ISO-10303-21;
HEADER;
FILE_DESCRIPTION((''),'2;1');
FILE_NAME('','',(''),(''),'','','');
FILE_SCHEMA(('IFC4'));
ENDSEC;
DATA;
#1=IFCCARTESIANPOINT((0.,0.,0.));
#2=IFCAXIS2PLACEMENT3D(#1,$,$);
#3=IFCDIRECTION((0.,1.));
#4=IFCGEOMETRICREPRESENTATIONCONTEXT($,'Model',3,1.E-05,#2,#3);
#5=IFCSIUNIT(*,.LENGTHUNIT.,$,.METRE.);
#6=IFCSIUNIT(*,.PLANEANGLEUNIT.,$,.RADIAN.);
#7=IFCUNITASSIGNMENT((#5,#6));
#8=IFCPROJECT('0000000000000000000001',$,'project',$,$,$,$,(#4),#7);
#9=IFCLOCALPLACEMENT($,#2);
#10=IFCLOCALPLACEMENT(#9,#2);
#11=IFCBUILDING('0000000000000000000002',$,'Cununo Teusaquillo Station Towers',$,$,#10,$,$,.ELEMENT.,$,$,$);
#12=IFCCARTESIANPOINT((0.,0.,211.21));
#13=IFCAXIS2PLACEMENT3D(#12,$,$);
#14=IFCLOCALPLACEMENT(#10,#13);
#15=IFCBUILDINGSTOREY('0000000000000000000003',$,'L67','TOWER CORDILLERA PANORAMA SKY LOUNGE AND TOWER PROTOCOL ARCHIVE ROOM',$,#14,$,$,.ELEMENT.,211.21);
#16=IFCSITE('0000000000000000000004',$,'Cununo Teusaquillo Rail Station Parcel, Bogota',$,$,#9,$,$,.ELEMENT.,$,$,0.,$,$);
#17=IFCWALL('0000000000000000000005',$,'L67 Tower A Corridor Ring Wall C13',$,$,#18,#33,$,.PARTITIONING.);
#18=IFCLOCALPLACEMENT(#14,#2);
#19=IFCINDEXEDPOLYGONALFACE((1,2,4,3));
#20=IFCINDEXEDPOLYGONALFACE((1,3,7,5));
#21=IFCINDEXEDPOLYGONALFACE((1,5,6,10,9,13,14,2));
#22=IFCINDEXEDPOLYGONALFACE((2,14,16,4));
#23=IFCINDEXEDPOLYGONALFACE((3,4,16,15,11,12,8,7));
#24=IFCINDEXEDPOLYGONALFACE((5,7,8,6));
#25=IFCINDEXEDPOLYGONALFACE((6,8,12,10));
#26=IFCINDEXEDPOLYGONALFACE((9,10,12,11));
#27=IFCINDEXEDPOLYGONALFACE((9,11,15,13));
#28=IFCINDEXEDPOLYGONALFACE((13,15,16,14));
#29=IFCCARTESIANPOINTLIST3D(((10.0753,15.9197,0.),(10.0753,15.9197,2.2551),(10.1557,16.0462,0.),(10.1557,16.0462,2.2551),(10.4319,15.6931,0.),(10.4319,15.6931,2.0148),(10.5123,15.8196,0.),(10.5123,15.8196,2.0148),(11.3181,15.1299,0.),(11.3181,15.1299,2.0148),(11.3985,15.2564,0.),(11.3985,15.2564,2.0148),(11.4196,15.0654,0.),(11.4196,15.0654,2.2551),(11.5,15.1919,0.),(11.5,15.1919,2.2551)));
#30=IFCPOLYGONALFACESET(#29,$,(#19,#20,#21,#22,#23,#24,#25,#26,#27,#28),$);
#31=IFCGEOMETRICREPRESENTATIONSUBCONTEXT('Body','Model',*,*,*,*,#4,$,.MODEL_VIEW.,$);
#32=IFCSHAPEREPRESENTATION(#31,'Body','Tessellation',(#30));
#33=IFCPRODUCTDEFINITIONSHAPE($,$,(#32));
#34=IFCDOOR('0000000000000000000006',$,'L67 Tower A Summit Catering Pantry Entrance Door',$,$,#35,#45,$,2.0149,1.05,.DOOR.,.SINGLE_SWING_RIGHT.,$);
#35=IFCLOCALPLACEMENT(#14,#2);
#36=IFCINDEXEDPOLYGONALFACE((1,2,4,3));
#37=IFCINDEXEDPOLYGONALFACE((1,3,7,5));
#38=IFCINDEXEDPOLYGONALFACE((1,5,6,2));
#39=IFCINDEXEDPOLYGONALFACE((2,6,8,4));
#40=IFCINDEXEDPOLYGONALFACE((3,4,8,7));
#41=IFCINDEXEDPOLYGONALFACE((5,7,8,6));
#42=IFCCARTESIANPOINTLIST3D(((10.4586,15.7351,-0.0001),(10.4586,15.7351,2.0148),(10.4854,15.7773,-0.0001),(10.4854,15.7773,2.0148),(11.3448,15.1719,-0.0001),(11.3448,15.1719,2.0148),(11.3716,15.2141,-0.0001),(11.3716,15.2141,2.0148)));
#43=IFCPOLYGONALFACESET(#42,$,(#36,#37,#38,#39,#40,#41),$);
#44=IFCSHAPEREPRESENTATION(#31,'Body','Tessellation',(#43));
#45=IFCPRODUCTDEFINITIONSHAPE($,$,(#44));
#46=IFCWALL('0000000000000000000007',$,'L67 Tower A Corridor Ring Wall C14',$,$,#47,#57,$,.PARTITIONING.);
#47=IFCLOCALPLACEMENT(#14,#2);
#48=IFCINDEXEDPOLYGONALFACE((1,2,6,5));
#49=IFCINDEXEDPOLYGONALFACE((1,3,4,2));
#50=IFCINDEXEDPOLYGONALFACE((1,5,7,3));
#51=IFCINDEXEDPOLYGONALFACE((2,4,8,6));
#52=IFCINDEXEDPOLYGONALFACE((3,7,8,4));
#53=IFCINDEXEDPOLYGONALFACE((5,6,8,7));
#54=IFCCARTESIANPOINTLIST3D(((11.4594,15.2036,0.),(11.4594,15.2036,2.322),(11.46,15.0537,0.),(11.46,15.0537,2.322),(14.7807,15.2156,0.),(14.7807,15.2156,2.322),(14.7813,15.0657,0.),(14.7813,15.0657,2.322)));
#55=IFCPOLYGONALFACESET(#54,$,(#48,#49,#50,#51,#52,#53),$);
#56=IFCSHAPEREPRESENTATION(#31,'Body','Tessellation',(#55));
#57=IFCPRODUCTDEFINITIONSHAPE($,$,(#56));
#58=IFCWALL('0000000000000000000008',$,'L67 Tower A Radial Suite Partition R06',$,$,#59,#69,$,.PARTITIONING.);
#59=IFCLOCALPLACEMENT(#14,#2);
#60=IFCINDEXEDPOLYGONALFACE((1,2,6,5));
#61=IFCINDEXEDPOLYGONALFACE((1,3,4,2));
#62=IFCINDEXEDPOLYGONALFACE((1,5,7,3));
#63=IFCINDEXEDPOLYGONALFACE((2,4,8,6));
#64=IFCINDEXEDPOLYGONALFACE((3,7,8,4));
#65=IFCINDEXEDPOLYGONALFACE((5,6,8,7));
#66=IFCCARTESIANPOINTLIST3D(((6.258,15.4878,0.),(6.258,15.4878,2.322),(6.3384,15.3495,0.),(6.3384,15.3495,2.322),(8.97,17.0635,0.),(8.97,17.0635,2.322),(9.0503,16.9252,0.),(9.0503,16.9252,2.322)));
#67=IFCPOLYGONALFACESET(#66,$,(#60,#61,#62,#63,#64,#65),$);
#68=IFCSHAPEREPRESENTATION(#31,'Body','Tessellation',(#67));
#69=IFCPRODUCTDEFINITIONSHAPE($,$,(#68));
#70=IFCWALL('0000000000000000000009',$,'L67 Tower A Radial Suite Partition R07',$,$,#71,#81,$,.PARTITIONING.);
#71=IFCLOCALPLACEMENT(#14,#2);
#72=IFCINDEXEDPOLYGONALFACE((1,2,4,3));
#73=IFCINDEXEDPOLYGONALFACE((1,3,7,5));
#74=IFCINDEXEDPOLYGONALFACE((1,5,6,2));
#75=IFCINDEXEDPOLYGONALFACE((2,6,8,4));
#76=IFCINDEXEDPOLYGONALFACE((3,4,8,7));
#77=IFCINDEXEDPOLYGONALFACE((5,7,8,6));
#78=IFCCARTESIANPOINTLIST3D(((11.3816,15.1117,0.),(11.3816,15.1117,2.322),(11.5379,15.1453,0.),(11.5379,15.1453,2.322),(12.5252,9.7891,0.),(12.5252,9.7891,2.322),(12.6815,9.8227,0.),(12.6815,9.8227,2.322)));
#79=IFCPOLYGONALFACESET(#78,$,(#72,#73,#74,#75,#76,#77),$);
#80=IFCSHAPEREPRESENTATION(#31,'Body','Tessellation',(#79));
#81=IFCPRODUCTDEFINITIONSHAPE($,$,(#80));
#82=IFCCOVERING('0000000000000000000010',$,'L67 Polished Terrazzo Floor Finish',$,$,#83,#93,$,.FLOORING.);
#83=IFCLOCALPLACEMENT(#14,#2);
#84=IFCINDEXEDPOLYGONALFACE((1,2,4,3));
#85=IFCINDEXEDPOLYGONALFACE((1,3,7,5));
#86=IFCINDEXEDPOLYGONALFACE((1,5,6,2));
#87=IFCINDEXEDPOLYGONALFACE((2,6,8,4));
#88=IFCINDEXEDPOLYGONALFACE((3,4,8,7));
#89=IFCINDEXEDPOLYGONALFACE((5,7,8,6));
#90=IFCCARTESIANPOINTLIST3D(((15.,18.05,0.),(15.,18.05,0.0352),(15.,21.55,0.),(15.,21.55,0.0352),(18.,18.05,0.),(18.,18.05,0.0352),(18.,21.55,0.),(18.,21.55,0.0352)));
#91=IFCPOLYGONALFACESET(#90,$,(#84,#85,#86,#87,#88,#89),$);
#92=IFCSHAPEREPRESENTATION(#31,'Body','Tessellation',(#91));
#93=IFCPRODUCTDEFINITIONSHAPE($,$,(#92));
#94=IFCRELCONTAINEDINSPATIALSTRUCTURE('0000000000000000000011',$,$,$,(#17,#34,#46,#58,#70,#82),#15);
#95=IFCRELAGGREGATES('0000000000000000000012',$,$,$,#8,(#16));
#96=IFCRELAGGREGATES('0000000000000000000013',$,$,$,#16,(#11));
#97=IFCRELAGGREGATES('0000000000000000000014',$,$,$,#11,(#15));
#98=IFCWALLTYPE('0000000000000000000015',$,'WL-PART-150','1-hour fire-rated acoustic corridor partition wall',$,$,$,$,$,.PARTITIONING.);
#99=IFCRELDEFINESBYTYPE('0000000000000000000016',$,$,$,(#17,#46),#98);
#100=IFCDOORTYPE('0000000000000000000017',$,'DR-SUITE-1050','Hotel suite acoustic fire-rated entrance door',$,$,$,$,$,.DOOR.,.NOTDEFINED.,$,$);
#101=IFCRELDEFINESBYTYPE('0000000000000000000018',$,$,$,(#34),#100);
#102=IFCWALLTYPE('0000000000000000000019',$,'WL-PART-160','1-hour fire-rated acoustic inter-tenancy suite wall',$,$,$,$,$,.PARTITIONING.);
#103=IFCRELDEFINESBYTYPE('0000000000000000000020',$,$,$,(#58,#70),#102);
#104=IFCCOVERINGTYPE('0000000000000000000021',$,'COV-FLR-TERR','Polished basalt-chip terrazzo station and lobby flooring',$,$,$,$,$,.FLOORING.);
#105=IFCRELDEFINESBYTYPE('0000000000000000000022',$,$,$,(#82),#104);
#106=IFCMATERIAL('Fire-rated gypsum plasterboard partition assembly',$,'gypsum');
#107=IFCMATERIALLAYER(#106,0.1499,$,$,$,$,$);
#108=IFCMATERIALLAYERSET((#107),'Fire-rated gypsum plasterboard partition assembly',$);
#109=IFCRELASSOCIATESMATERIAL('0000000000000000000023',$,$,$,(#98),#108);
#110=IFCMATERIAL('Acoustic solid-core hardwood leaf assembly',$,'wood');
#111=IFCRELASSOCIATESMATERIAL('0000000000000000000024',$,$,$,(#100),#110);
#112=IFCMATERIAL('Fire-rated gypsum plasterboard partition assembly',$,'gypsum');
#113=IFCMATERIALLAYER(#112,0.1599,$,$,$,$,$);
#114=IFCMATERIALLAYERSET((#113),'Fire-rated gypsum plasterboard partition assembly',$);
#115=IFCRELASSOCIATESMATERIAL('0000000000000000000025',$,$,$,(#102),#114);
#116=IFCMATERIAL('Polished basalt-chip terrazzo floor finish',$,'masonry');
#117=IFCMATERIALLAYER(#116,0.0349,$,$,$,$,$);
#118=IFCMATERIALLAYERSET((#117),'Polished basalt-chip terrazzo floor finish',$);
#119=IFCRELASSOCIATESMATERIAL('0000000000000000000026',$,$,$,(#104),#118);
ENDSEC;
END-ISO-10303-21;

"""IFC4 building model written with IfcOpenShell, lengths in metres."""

from ifc_helpers import new_model, si_unit, direction, frame, frame_2d, origin, place, context, subcontext, project, spatial, polyline, rectangle, outline, extrude, source, transform, mapped, material, layer, layer_set, type_object, element, fill, save


model = new_model("IFC4")

# Units and contexts
model_context = context("Model", 3, precision=1e-05, world=origin(), true_north=direction((0.0, 1.0)))
body_context = subcontext(model_context, "Body", "Model", "MODEL_VIEW")
ifc_project = project(units=[si_unit("LENGTHUNIT", "METRE"), si_unit("PLANEANGLEUNIT", "RADIAN")], contexts=[model_context])

# Site, building, storey
site_placement = place(None, origin())
site = spatial("IfcSite", under=ifc_project, at=site_placement, Name="Cununo Teusaquillo Rail Station Parcel, Bogota", CompositionType="ELEMENT", RefElevation=0.0)
building_placement = place(site_placement, origin())
building = spatial("IfcBuilding", under=site, at=building_placement, Name="Cununo Teusaquillo Station Towers", CompositionType="ELEMENT")
storey_placement = place(building_placement, frame((0.0, 0.0, 211.21)))
storey = spatial("IfcBuildingStorey", under=building, at=storey_placement, Name="L67", Description="TOWER CORDILLERA PANORAMA SKY LOUNGE AND TOWER PROTOCOL ARCHIVE ROOM", CompositionType="ELEMENT", Elevation=211.21)

# Shared definitions
ifc_material_1 = material(Name="Fire-rated gypsum plasterboard partition assembly", Category="gypsum")
ifc_layer_1 = layer(ifc_material_1, 0.1499)
ifc_layer_set_1 = layer_set([ifc_layer_1], Name="Fire-rated gypsum plasterboard partition assembly")
wall_type_1 = type_object("IfcWallType", Name="WL-PART-150", Description="1-hour fire-rated acoustic corridor partition wall", PredefinedType="PARTITIONING", material=ifc_layer_set_1)

# Wall, opening, door
wall_1_placement = place(storey_placement, frame((10.1155, 15.9829, 0.0), z_axis=(0.0, 0.0, 1.0), x_axis=(0.843996, -0.53635, 0.0)))
wall_1 = element("IfcWall", 1, at=wall_1_placement, inside=storey, type_object=wall_type_1, Name="L67 Tower A Corridor Ring Wall C13", PredefinedType="PARTITIONING", context=body_context, shape_type="SweptSolid", body=[
    extrude(rectangle(XDim=1.5928, YDim=0.1499, at=frame_2d((0.7964, 0.0))), origin(), (0.0, 0.0, 1.0), 2.2551),
])
shared_shape_1 = source(origin(), body_context, "Body", "SweptSolid", [
    extrude(rectangle(XDim=1.05, YDim=2.0149, at=frame_2d((0.5249, 1.0073))), frame((0.0, 0.085, 0.0), z_axis=(0.0, -1.0, 0.0), x_axis=(1.0, 0.0, 0.0)), (0.0, 0.0, 1.0), 0.1699),
])
opening_1_placement = place(wall_1_placement, frame((0.4226, 0.0, 0.0)))
opening_1 = element("IfcOpeningElement", 2, at=opening_1_placement, cuts=wall_1, PredefinedType="OPENING", context=body_context, shape_type="MappedRepresentation", body=[
    mapped(shared_shape_1, transform((0.0, 0.0, 0.0), x_axis=(1.0, 0.0, 0.0), y_axis=(0.0, 1.0, 0.0), z_axis=(0.0, 0.0, 1.0), scale=1.0)),
])
ifc_material_2 = material(Name="Acoustic solid-core hardwood leaf assembly", Category="wood")
door_type = type_object("IfcDoorType", Name="DR-SUITE-1050", Description="Hotel suite acoustic fire-rated entrance door", OperationType="NOTDEFINED", PredefinedType="DOOR", material=ifc_material_2)
shared_shape_2 = source(origin(), body_context, "Body", "SweptSolid", [
    extrude(rectangle(XDim=1.05, YDim=2.0149, at=frame_2d((0.5249, 1.0073))), frame((0.0, 0.0249, 0.0), z_axis=(0.0, -1.0, 0.0), x_axis=(1.0, 0.0, 0.0)), (0.0, 0.0, 1.0), 0.05),
])
door_placement = place(opening_1_placement, origin())
door = element("IfcDoor", 3, at=door_placement, inside=storey, type_object=door_type, Name="L67 Tower A Summit Catering Pantry Entrance Door", OperationType="SINGLE_SWING_RIGHT", OverallHeight=2.0149, OverallWidth=1.05, PredefinedType="DOOR", context=body_context, shape_type="MappedRepresentation", body=[
    mapped(shared_shape_2, transform((0.0, 0.0, 0.0), x_axis=(1.0, 0.0, 0.0), y_axis=(0.0, 1.0, 0.0), z_axis=(0.0, 0.0, 1.0), scale=1.0)),
])
fill(opening_1, door)

# Walls
wall_2_placement = place(storey_placement, frame((11.4597, 15.1287, 0.0), z_axis=(0.0, 0.0, 1.0), x_axis=(0.999994, 0.003602, 0.0)))
element("IfcWall", 4, at=wall_2_placement, inside=storey, type_object=wall_type_1, Name="L67 Tower A Corridor Ring Wall C14", PredefinedType="PARTITIONING", context=body_context, shape_type="SweptSolid", body=[
    extrude(rectangle(XDim=3.3213, YDim=0.1499, at=frame_2d((1.6606, 0.0))), origin(), (0.0, 0.0, 1.0), 2.322),
])
ifc_material_3 = material(Name="Fire-rated gypsum plasterboard partition assembly", Category="gypsum")
ifc_layer_2 = layer(ifc_material_3, 0.1599)
ifc_layer_set_2 = layer_set([ifc_layer_2], Name="Fire-rated gypsum plasterboard partition assembly")
wall_type_2 = type_object("IfcWallType", Name="WL-PART-160", Description="1-hour fire-rated acoustic inter-tenancy suite wall", PredefinedType="PARTITIONING", material=ifc_layer_set_2)
wall_3_placement = place(storey_placement, frame((9.0103, 16.9944, 0.0), z_axis=(0.0, 0.0, 1.0), x_axis=(-0.864647, -0.50238, 0.0)))
element("IfcWall", 5, at=wall_3_placement, inside=storey, type_object=wall_type_2, Name="L67 Tower A Radial Suite Partition R06", PredefinedType="PARTITIONING", context=body_context, shape_type="SweptSolid", body=[
    extrude(rectangle(XDim=3.1365, YDim=0.1599, at=frame_2d((1.5684, 0.0))), origin(), (0.0, 0.0, 1.0), 2.322),
])
wall_4_placement = place(storey_placement, frame((11.4597, 15.1287, 0.0), z_axis=(0.0, 0.0, 1.0), x_axis=(0.210059, -0.977689, 0.0)))
element("IfcWall", 6, at=wall_4_placement, inside=storey, type_object=wall_type_2, Name="L67 Tower A Radial Suite Partition R07", PredefinedType="PARTITIONING", context=body_context, shape_type="SweptSolid", body=[
    extrude(rectangle(XDim=5.4441, YDim=0.1599, at=frame_2d((2.7222, 0.0))), origin(), (0.0, 0.0, 1.0), 2.322),
])

# Covering
ifc_material_4 = material(Name="Polished basalt-chip terrazzo floor finish", Category="masonry")
ifc_layer_3 = layer(ifc_material_4, 0.0349)
ifc_layer_set_3 = layer_set([ifc_layer_3], Name="Polished basalt-chip terrazzo floor finish")
covering_type = type_object("IfcCoveringType", Name="COV-FLR-TERR", Description="Polished basalt-chip terrazzo station and lobby flooring", PredefinedType="FLOORING", material=ifc_layer_set_3)
covering_placement = place(storey_placement, origin())
element("IfcCovering", 7, at=covering_placement, inside=storey, type_object=covering_type, Name="L67 Polished Terrazzo Floor Finish", PredefinedType="FLOORING", context=body_context, shape_type="SweptSolid", body=[
    extrude(outline(polyline([(15.0, 18.05), (18.0, 18.05), (18.0, 21.55), (15.0, 21.55), (15.0, 18.05)])), origin(), (0.0, 0.0, 1.0), 0.0352),
])

save(model, "model.ifc")
